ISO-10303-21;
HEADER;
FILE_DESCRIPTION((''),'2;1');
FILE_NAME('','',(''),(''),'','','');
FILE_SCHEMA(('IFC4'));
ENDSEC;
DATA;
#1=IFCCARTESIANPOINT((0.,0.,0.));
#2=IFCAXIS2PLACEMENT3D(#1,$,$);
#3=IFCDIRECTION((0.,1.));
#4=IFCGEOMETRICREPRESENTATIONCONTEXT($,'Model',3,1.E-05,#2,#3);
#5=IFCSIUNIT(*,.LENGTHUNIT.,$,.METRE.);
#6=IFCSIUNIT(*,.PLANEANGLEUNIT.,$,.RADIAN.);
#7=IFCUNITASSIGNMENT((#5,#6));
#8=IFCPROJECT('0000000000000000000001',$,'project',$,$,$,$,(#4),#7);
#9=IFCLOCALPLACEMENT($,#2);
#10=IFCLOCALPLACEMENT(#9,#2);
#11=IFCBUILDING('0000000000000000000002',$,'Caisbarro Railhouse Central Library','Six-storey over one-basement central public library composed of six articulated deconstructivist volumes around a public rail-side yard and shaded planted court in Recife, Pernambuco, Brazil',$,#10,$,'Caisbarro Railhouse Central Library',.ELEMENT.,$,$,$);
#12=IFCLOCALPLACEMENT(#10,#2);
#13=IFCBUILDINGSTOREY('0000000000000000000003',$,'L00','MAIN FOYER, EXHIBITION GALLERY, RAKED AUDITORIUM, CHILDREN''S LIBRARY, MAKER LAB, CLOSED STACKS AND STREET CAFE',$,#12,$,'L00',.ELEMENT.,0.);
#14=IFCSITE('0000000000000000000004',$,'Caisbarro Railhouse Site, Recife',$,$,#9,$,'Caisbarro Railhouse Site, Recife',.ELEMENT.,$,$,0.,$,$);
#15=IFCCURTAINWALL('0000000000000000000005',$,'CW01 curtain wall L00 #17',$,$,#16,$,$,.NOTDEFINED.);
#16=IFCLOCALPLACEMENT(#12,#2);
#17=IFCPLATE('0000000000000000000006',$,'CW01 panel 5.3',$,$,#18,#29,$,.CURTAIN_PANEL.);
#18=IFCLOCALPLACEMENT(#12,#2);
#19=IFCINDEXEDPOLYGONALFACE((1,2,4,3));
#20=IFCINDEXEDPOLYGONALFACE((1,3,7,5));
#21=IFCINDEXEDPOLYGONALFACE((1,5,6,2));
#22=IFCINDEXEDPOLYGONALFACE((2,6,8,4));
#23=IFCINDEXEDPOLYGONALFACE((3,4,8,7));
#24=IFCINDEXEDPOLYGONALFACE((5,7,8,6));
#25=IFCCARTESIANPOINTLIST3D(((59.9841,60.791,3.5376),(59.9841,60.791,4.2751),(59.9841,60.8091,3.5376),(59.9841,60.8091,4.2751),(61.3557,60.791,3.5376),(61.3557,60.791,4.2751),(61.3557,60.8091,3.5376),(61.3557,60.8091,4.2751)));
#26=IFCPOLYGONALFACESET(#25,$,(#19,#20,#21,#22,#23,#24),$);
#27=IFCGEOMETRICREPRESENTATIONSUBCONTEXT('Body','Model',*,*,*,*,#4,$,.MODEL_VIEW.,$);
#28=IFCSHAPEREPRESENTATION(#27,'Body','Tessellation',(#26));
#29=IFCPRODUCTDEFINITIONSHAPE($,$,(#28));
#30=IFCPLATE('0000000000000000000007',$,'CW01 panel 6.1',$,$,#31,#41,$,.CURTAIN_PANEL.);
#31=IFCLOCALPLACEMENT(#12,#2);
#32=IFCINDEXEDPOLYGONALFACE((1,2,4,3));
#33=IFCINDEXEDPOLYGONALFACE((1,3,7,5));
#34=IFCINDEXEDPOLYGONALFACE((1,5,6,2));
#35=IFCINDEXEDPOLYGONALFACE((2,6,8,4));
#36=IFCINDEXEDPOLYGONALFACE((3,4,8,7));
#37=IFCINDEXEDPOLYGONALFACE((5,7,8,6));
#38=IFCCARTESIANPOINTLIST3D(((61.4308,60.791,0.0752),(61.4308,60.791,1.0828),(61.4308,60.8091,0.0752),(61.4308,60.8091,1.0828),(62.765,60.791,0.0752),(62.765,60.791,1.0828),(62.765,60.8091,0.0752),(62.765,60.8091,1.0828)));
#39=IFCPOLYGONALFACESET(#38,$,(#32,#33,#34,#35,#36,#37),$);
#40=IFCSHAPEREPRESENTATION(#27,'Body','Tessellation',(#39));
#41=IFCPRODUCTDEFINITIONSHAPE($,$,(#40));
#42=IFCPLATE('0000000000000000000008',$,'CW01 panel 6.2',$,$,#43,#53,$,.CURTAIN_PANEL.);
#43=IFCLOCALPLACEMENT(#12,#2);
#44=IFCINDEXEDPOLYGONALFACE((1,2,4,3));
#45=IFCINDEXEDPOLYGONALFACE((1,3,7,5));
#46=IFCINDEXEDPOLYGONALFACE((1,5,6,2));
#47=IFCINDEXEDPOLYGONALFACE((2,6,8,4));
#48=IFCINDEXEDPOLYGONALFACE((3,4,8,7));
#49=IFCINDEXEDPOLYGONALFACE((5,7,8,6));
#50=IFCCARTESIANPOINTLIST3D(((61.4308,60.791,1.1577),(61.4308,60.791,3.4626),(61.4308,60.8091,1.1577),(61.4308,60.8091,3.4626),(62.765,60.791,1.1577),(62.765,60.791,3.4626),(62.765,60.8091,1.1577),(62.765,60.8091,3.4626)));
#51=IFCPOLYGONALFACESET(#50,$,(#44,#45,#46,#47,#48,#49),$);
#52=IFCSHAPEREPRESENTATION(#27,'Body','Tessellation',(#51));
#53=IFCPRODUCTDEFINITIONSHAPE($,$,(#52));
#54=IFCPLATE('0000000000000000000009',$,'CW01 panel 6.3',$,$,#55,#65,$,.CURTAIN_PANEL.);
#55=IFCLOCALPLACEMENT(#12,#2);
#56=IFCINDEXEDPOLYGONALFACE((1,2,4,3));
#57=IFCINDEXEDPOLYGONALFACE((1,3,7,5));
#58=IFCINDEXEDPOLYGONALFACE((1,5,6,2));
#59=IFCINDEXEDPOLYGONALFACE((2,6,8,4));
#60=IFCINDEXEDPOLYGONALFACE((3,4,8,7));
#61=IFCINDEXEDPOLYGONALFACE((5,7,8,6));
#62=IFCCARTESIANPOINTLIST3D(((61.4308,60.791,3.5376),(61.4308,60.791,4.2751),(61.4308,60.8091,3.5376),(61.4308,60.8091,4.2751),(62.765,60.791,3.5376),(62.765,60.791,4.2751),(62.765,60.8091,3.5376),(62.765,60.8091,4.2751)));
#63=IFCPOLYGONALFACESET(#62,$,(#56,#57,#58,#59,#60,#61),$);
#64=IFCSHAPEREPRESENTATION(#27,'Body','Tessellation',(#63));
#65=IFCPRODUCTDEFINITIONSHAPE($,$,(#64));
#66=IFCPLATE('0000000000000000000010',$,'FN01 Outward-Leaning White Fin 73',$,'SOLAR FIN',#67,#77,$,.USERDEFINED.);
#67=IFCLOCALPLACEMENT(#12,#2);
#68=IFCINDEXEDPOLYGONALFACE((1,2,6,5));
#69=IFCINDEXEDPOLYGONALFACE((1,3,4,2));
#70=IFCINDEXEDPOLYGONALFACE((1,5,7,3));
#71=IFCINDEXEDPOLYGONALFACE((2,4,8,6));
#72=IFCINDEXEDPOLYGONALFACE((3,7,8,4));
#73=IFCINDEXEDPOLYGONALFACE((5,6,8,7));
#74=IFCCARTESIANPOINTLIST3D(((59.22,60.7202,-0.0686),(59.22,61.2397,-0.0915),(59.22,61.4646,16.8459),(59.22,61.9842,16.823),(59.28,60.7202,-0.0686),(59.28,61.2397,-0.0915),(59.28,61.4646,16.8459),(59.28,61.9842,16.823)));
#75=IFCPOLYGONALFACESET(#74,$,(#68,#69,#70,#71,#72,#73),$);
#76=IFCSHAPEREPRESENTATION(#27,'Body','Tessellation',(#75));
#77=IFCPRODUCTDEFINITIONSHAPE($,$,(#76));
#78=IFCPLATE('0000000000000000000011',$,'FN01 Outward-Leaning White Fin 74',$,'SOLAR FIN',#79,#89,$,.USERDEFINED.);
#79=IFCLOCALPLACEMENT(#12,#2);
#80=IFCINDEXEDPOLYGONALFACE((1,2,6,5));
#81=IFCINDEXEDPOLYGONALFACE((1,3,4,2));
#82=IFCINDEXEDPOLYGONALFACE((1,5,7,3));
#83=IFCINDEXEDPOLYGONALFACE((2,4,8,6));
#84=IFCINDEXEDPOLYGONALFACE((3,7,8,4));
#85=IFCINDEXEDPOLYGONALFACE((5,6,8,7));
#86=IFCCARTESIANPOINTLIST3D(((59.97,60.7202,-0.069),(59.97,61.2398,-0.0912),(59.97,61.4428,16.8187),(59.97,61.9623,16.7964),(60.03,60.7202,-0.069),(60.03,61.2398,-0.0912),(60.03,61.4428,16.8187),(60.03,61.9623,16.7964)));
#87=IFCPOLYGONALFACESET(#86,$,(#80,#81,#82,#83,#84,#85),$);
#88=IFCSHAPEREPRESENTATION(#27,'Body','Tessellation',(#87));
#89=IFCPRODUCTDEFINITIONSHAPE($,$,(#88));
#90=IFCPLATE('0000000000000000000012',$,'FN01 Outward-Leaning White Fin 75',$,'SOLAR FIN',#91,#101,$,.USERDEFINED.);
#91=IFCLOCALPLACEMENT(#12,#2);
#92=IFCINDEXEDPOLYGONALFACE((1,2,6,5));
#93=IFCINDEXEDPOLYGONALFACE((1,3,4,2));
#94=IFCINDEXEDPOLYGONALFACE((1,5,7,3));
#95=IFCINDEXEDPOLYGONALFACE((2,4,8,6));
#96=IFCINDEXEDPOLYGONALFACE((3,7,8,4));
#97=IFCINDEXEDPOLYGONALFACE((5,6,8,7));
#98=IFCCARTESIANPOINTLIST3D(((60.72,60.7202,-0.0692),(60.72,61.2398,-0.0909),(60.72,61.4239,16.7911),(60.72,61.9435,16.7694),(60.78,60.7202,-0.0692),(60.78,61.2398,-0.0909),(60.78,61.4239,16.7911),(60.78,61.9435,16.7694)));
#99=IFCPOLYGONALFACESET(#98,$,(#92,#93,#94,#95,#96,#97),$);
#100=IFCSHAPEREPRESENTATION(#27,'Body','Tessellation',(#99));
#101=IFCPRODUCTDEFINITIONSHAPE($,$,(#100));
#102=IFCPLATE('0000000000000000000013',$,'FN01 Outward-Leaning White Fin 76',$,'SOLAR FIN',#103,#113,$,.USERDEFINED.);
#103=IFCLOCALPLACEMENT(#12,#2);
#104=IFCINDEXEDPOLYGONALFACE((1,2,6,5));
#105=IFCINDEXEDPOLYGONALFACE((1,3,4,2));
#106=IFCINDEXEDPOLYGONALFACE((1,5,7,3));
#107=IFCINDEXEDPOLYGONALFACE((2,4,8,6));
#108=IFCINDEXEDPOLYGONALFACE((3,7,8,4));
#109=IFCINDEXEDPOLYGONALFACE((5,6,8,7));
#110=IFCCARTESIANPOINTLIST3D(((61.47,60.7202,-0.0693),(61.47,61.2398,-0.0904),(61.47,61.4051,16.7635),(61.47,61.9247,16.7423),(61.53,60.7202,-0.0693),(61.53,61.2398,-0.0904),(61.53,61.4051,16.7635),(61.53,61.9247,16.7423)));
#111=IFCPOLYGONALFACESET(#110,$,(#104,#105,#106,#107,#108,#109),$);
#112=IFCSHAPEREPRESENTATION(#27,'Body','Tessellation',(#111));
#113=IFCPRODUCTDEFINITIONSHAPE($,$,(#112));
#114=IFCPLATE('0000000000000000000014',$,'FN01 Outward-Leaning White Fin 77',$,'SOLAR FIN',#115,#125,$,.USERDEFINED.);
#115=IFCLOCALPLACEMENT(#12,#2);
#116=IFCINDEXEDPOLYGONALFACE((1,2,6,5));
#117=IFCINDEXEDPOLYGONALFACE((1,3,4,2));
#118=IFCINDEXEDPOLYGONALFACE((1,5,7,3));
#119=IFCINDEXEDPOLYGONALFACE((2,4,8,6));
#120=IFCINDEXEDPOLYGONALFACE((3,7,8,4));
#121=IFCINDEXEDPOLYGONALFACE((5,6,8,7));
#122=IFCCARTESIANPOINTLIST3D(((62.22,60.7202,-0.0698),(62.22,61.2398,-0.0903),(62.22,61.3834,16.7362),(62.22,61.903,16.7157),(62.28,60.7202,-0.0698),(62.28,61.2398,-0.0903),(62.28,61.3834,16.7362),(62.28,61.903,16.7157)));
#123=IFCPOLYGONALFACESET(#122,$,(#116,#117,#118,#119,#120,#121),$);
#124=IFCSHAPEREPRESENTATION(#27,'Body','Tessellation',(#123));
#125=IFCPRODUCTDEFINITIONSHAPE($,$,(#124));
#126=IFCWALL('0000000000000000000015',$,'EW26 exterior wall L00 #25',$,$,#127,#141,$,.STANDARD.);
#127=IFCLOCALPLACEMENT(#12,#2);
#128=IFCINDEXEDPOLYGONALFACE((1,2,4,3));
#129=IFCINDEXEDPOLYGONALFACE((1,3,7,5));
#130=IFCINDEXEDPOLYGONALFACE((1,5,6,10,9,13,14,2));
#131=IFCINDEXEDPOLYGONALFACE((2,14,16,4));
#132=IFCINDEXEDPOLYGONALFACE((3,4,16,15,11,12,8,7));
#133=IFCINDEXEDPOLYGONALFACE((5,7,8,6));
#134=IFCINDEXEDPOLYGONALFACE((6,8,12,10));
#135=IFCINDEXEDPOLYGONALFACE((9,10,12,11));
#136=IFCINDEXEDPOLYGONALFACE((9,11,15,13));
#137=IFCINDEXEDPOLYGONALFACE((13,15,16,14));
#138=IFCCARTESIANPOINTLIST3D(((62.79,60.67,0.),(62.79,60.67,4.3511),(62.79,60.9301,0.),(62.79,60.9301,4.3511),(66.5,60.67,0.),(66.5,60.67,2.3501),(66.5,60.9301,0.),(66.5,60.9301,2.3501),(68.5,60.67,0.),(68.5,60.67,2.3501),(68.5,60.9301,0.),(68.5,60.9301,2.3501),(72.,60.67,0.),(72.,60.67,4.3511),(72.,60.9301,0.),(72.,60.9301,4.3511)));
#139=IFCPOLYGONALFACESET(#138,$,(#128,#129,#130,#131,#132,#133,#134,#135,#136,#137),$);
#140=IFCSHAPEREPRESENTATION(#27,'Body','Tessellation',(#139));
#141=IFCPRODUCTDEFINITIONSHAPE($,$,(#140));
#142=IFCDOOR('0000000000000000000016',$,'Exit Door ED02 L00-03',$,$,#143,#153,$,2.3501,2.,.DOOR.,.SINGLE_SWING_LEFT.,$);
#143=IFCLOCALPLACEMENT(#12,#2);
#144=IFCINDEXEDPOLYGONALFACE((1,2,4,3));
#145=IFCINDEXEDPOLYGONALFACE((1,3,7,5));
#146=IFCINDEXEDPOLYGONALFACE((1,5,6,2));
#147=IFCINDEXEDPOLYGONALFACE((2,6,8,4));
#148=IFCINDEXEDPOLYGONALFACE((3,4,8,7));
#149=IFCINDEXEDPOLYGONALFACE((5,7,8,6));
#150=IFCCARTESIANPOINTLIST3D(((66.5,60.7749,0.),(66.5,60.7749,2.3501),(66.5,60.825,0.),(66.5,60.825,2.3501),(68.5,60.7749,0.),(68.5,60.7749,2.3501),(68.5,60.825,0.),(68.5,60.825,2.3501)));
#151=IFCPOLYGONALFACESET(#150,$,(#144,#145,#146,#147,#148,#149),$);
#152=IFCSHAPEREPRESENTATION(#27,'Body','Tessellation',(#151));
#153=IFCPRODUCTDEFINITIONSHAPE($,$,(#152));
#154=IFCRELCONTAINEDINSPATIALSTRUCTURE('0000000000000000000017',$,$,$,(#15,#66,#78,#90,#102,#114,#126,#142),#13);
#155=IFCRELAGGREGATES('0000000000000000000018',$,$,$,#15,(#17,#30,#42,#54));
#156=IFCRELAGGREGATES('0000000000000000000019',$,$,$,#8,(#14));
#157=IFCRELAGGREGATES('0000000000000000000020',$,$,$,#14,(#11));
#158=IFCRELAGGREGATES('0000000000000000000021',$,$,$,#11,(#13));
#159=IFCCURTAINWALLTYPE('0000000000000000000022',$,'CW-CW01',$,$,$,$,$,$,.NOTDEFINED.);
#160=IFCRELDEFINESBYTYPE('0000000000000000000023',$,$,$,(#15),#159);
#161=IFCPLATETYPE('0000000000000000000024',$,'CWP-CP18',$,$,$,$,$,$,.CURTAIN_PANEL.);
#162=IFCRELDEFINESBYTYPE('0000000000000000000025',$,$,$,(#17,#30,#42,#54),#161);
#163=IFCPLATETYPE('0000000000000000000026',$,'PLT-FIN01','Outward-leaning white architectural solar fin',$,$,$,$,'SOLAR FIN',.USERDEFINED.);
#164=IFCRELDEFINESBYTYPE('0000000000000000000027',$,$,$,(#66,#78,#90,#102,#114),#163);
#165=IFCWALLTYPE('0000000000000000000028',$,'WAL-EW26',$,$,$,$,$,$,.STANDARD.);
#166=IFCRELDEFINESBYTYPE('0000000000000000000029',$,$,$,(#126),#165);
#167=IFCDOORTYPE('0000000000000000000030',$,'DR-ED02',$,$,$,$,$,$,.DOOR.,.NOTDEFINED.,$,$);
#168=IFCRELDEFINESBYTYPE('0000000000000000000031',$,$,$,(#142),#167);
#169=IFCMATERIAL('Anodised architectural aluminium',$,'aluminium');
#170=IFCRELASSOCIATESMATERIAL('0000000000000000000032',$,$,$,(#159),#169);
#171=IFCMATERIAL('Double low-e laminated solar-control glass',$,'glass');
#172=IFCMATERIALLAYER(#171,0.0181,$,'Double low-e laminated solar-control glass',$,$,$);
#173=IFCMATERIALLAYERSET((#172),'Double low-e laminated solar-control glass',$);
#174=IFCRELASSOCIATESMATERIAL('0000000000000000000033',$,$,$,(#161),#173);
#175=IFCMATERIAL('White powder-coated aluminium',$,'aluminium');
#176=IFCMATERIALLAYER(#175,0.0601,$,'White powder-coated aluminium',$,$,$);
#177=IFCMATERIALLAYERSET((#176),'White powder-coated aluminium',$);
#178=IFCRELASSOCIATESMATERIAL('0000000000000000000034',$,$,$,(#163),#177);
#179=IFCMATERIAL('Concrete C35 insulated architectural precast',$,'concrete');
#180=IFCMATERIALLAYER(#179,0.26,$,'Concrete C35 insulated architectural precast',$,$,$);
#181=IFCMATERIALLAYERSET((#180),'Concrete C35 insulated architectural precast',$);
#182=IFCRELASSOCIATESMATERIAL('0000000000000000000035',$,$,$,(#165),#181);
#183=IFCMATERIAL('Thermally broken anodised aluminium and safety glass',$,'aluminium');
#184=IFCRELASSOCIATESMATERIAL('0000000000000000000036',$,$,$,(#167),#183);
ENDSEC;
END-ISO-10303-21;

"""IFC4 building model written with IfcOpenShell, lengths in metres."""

from ifc_helpers import new_model, si_unit, direction, frame, frame_2d, origin, origin_2d, place, context, subcontext, project, spatial, rectangle, extrude, material, layer, layer_set, type_object, element, fill, aggregate, save


model = new_model("IFC4")

# Units and contexts
model_context = context("Model", 3, precision=1e-05, world=origin(), true_north=direction((0.0, 1.0)))
body_context = subcontext(model_context, "Body", "Model", "MODEL_VIEW")
ifc_project = project(units=[si_unit("LENGTHUNIT", "METRE"), si_unit("PLANEANGLEUNIT", "RADIAN")], contexts=[model_context])

# Site, building, storey
site_placement = place(None, origin())
site = spatial("IfcSite", under=ifc_project, at=site_placement, Name="Caisbarro Railhouse Site, Recife", LongName="Caisbarro Railhouse Site, Recife", CompositionType="ELEMENT", RefElevation=0.0)
building_placement = place(site_placement, origin())
building = spatial("IfcBuilding", under=site, at=building_placement, Name="Caisbarro Railhouse Central Library", Description="Six-storey over one-basement central public library composed of six articulated deconstructivist volumes around a public rail-side yard and shaded planted court in Recife, Pernambuco, Brazil", LongName="Caisbarro Railhouse Central Library", CompositionType="ELEMENT")
storey_placement = place(building_placement, origin())
storey = spatial("IfcBuildingStorey", under=building, at=storey_placement, Name="L00", Description="MAIN FOYER, EXHIBITION GALLERY, RAKED AUDITORIUM, CHILDREN'S LIBRARY, MAKER LAB, CLOSED STACKS AND STREET CAFE", LongName="L00", CompositionType="ELEMENT", Elevation=0.0)

# Curtain wall, plates
ifc_material_1 = material(Name="Anodised architectural aluminium", Category="aluminium")
curtain_wall_type = type_object("IfcCurtainWallType", Name="CW-CW01", PredefinedType="NOTDEFINED", material=ifc_material_1)
curtain_wall_placement = place(storey_placement, origin())
curtain_wall = element("IfcCurtainWall", 1, at=curtain_wall_placement, inside=storey, type_object=curtain_wall_type, Name="CW01 curtain wall L00 #17", PredefinedType="NOTDEFINED")
ifc_material_2 = material(Name="Double low-e laminated solar-control glass", Category="glass")
ifc_layer_1 = layer(ifc_material_2, 0.0181, Name="Double low-e laminated solar-control glass")
ifc_layer_set_1 = layer_set([ifc_layer_1], Name="Double low-e laminated solar-control glass")
plate_type_1 = type_object("IfcPlateType", Name="CWP-CP18", PredefinedType="CURTAIN_PANEL", material=ifc_layer_set_1)
plate_1_placement = place(storey_placement, frame((60.6699, 60.8, 3.5376), z_axis=(0.0, 0.0, 1.0), x_axis=(1.0, 0.0, 0.0)))
plate_1 = element("IfcPlate", 2, at=plate_1_placement, type_object=plate_type_1, Name="CW01 panel 5.3", PredefinedType="CURTAIN_PANEL", context=body_context, shape_type="SweptSolid", body=[
    extrude(rectangle(XDim=1.3716, YDim=0.0181, at=origin_2d()), origin(), (0.0, 0.0, 1.0), 0.7375),
])
plate_2_placement = place(storey_placement, frame((62.0979, 60.8, 0.0752), z_axis=(0.0, 0.0, 1.0), x_axis=(1.0, 0.0, 0.0)))
plate_2 = element("IfcPlate", 3, at=plate_2_placement, type_object=plate_type_1, Name="CW01 panel 6.1", PredefinedType="CURTAIN_PANEL", context=body_context, shape_type="SweptSolid", body=[
    extrude(rectangle(XDim=1.3342, YDim=0.0181, at=origin_2d()), origin(), (0.0, 0.0, 1.0), 1.0076),
])
plate_3_placement = place(storey_placement, frame((62.0979, 60.8, 1.1577), z_axis=(0.0, 0.0, 1.0), x_axis=(1.0, 0.0, 0.0)))
plate_3 = element("IfcPlate", 4, at=plate_3_placement, type_object=plate_type_1, Name="CW01 panel 6.2", PredefinedType="CURTAIN_PANEL", context=body_context, shape_type="SweptSolid", body=[
    extrude(rectangle(XDim=1.3342, YDim=0.0181, at=origin_2d()), origin(), (0.0, 0.0, 1.0), 2.3049),
])
plate_4_placement = place(storey_placement, frame((62.0979, 60.8, 3.5376), z_axis=(0.0, 0.0, 1.0), x_axis=(1.0, 0.0, 0.0)))
plate_4 = element("IfcPlate", 5, at=plate_4_placement, type_object=plate_type_1, Name="CW01 panel 6.3", PredefinedType="CURTAIN_PANEL", context=body_context, shape_type="SweptSolid", body=[
    extrude(rectangle(XDim=1.3342, YDim=0.0181, at=origin_2d()), origin(), (0.0, 0.0, 1.0), 0.7375),
])
aggregate(curtain_wall, [plate_1, plate_2, plate_3, plate_4])

# Plates
ifc_material_3 = material(Name="White powder-coated aluminium", Category="aluminium")
ifc_layer_2 = layer(ifc_material_3, 0.0601, Name="White powder-coated aluminium")
ifc_layer_set_2 = layer_set([ifc_layer_2], Name="White powder-coated aluminium")
plate_type_2 = type_object("IfcPlateType", Name="PLT-FIN01", Description="Outward-leaning white architectural solar fin", ElementType="SOLAR FIN", PredefinedType="USERDEFINED", material=ifc_layer_set_2)
plate_5_placement = place(storey_placement, frame((59.25, 60.98, -0.0801), z_axis=(0.0, 0.043968, 0.999033), x_axis=(1.0, 0.0, 0.0)))
element("IfcPlate", 6, at=plate_5_placement, inside=storey, type_object=plate_type_2, Name="FN01 Outward-Leaning White Fin 73", ObjectType="SOLAR FIN", PredefinedType="USERDEFINED", context=body_context, shape_type="SweptSolid", body=[
    extrude(rectangle(XDim=0.0601, YDim=0.52, at=origin_2d()), origin(), (0.0, 0.0, 1.0), 16.9309),
])
plate_6_placement = place(storey_placement, frame((60.0, 60.98, -0.0801), z_axis=(0.0, 0.042748, 0.999086), x_axis=(1.0, 0.0, 0.0)))
element("IfcPlate", 7, at=plate_6_placement, inside=storey, type_object=plate_type_2, Name="FN01 Outward-Leaning White Fin 74", ObjectType="SOLAR FIN", PredefinedType="USERDEFINED", context=body_context, shape_type="SweptSolid", body=[
    extrude(rectangle(XDim=0.0601, YDim=0.52, at=origin_2d()), origin(), (0.0, 0.0, 1.0), 16.9031),
])
plate_7_placement = place(storey_placement, frame((60.75, 60.98, -0.0801), z_axis=(0.0, 0.041701, 0.99913), x_axis=(1.0, 0.0, 0.0)))
element("IfcPlate", 8, at=plate_7_placement, inside=storey, type_object=plate_type_2, Name="FN01 Outward-Leaning White Fin 75", ObjectType="SOLAR FIN", PredefinedType="USERDEFINED", context=body_context, shape_type="SweptSolid", body=[
    extrude(rectangle(XDim=0.0601, YDim=0.52, at=origin_2d()), origin(), (0.0, 0.0, 1.0), 16.875),
])
plate_8_placement = place(storey_placement, frame((61.5, 60.98, -0.0798), z_axis=(0.0, 0.040655, 0.999173), x_axis=(1.0, 0.0, 0.0)))
element("IfcPlate", 9, at=plate_8_placement, inside=storey, type_object=plate_type_2, Name="FN01 Outward-Leaning White Fin 76", ObjectType="SOLAR FIN", PredefinedType="USERDEFINED", context=body_context, shape_type="SweptSolid", body=[
    extrude(rectangle(XDim=0.0601, YDim=0.52, at=origin_2d()), origin(), (0.0, 0.0, 1.0), 16.8467),
])
plate_9_placement = place(storey_placement, frame((62.25, 60.98, -0.0801), z_axis=(0.0, 0.039434, 0.999222), x_axis=(1.0, 0.0, 0.0)))
element("IfcPlate", 10, at=plate_9_placement, inside=storey, type_object=plate_type_2, Name="FN01 Outward-Leaning White Fin 77", ObjectType="SOLAR FIN", PredefinedType="USERDEFINED", context=body_context, shape_type="SweptSolid", body=[
    extrude(rectangle(XDim=0.0601, YDim=0.52, at=origin_2d()), origin(), (0.0, 0.0, 1.0), 16.8191),
])

# Wall, opening, door
ifc_material_4 = material(Name="Concrete C35 insulated architectural precast", Category="concrete")
ifc_layer_3 = layer(ifc_material_4, 0.26, Name="Concrete C35 insulated architectural precast")
ifc_layer_set_3 = layer_set([ifc_layer_3], Name="Concrete C35 insulated architectural precast")
wall_type = type_object("IfcWallType", Name="WAL-EW26", PredefinedType="STANDARD", material=ifc_layer_set_3)
wall_placement = place(storey_placement, frame((62.79, 60.8, 0.0), z_axis=(0.0, 0.0, 1.0), x_axis=(1.0, 0.0, 0.0)))
wall = element("IfcWall", 11, at=wall_placement, inside=storey, type_object=wall_type, Name="EW26 exterior wall L00 #25", PredefinedType="STANDARD", context=body_context, shape_type="SweptSolid", body=[
    extrude(rectangle(XDim=9.21, YDim=0.26, at=frame_2d((4.605, 0.0))), origin(), (0.0, 0.0, 1.0), 4.3511),
])
opening_placement = place(wall_placement, frame((3.71, 0.0, 0.0)))
opening = element("IfcOpeningElement", 12, at=opening_placement, cuts=wall, PredefinedType="OPENING", context=body_context, shape_type="SweptSolid", body=[
    extrude(rectangle(XDim=2.0, YDim=2.3501, at=frame_2d((1.0, 1.175))), frame((0.0, 0.1401, 0.0), z_axis=(0.0, -1.0, 0.0), x_axis=(1.0, 0.0, 0.0)), (0.0, 0.0, 1.0), 0.28),
])
ifc_material_5 = material(Name="Thermally broken anodised aluminium and safety glass", Category="aluminium")
door_type = type_object("IfcDoorType", Name="DR-ED02", OperationType="NOTDEFINED", PredefinedType="DOOR", material=ifc_material_5)
door_placement = place(opening_placement, origin())
door = element("IfcDoor", 13, at=door_placement, inside=storey, type_object=door_type, Name="Exit Door ED02 L00-03", OperationType="SINGLE_SWING_LEFT", OverallHeight=2.3501, OverallWidth=2.0, PredefinedType="DOOR", context=body_context, shape_type="SweptSolid", body=[
    extrude(rectangle(XDim=2.0, YDim=2.3501, at=frame_2d((1.0, 1.175))), frame((0.0, 0.0249, 0.0), z_axis=(0.0, -1.0, 0.0), x_axis=(1.0, 0.0, 0.0)), (0.0, 0.0, 1.0), 0.05),
])
fill(opening, door)

save(model, "model.ifc")
